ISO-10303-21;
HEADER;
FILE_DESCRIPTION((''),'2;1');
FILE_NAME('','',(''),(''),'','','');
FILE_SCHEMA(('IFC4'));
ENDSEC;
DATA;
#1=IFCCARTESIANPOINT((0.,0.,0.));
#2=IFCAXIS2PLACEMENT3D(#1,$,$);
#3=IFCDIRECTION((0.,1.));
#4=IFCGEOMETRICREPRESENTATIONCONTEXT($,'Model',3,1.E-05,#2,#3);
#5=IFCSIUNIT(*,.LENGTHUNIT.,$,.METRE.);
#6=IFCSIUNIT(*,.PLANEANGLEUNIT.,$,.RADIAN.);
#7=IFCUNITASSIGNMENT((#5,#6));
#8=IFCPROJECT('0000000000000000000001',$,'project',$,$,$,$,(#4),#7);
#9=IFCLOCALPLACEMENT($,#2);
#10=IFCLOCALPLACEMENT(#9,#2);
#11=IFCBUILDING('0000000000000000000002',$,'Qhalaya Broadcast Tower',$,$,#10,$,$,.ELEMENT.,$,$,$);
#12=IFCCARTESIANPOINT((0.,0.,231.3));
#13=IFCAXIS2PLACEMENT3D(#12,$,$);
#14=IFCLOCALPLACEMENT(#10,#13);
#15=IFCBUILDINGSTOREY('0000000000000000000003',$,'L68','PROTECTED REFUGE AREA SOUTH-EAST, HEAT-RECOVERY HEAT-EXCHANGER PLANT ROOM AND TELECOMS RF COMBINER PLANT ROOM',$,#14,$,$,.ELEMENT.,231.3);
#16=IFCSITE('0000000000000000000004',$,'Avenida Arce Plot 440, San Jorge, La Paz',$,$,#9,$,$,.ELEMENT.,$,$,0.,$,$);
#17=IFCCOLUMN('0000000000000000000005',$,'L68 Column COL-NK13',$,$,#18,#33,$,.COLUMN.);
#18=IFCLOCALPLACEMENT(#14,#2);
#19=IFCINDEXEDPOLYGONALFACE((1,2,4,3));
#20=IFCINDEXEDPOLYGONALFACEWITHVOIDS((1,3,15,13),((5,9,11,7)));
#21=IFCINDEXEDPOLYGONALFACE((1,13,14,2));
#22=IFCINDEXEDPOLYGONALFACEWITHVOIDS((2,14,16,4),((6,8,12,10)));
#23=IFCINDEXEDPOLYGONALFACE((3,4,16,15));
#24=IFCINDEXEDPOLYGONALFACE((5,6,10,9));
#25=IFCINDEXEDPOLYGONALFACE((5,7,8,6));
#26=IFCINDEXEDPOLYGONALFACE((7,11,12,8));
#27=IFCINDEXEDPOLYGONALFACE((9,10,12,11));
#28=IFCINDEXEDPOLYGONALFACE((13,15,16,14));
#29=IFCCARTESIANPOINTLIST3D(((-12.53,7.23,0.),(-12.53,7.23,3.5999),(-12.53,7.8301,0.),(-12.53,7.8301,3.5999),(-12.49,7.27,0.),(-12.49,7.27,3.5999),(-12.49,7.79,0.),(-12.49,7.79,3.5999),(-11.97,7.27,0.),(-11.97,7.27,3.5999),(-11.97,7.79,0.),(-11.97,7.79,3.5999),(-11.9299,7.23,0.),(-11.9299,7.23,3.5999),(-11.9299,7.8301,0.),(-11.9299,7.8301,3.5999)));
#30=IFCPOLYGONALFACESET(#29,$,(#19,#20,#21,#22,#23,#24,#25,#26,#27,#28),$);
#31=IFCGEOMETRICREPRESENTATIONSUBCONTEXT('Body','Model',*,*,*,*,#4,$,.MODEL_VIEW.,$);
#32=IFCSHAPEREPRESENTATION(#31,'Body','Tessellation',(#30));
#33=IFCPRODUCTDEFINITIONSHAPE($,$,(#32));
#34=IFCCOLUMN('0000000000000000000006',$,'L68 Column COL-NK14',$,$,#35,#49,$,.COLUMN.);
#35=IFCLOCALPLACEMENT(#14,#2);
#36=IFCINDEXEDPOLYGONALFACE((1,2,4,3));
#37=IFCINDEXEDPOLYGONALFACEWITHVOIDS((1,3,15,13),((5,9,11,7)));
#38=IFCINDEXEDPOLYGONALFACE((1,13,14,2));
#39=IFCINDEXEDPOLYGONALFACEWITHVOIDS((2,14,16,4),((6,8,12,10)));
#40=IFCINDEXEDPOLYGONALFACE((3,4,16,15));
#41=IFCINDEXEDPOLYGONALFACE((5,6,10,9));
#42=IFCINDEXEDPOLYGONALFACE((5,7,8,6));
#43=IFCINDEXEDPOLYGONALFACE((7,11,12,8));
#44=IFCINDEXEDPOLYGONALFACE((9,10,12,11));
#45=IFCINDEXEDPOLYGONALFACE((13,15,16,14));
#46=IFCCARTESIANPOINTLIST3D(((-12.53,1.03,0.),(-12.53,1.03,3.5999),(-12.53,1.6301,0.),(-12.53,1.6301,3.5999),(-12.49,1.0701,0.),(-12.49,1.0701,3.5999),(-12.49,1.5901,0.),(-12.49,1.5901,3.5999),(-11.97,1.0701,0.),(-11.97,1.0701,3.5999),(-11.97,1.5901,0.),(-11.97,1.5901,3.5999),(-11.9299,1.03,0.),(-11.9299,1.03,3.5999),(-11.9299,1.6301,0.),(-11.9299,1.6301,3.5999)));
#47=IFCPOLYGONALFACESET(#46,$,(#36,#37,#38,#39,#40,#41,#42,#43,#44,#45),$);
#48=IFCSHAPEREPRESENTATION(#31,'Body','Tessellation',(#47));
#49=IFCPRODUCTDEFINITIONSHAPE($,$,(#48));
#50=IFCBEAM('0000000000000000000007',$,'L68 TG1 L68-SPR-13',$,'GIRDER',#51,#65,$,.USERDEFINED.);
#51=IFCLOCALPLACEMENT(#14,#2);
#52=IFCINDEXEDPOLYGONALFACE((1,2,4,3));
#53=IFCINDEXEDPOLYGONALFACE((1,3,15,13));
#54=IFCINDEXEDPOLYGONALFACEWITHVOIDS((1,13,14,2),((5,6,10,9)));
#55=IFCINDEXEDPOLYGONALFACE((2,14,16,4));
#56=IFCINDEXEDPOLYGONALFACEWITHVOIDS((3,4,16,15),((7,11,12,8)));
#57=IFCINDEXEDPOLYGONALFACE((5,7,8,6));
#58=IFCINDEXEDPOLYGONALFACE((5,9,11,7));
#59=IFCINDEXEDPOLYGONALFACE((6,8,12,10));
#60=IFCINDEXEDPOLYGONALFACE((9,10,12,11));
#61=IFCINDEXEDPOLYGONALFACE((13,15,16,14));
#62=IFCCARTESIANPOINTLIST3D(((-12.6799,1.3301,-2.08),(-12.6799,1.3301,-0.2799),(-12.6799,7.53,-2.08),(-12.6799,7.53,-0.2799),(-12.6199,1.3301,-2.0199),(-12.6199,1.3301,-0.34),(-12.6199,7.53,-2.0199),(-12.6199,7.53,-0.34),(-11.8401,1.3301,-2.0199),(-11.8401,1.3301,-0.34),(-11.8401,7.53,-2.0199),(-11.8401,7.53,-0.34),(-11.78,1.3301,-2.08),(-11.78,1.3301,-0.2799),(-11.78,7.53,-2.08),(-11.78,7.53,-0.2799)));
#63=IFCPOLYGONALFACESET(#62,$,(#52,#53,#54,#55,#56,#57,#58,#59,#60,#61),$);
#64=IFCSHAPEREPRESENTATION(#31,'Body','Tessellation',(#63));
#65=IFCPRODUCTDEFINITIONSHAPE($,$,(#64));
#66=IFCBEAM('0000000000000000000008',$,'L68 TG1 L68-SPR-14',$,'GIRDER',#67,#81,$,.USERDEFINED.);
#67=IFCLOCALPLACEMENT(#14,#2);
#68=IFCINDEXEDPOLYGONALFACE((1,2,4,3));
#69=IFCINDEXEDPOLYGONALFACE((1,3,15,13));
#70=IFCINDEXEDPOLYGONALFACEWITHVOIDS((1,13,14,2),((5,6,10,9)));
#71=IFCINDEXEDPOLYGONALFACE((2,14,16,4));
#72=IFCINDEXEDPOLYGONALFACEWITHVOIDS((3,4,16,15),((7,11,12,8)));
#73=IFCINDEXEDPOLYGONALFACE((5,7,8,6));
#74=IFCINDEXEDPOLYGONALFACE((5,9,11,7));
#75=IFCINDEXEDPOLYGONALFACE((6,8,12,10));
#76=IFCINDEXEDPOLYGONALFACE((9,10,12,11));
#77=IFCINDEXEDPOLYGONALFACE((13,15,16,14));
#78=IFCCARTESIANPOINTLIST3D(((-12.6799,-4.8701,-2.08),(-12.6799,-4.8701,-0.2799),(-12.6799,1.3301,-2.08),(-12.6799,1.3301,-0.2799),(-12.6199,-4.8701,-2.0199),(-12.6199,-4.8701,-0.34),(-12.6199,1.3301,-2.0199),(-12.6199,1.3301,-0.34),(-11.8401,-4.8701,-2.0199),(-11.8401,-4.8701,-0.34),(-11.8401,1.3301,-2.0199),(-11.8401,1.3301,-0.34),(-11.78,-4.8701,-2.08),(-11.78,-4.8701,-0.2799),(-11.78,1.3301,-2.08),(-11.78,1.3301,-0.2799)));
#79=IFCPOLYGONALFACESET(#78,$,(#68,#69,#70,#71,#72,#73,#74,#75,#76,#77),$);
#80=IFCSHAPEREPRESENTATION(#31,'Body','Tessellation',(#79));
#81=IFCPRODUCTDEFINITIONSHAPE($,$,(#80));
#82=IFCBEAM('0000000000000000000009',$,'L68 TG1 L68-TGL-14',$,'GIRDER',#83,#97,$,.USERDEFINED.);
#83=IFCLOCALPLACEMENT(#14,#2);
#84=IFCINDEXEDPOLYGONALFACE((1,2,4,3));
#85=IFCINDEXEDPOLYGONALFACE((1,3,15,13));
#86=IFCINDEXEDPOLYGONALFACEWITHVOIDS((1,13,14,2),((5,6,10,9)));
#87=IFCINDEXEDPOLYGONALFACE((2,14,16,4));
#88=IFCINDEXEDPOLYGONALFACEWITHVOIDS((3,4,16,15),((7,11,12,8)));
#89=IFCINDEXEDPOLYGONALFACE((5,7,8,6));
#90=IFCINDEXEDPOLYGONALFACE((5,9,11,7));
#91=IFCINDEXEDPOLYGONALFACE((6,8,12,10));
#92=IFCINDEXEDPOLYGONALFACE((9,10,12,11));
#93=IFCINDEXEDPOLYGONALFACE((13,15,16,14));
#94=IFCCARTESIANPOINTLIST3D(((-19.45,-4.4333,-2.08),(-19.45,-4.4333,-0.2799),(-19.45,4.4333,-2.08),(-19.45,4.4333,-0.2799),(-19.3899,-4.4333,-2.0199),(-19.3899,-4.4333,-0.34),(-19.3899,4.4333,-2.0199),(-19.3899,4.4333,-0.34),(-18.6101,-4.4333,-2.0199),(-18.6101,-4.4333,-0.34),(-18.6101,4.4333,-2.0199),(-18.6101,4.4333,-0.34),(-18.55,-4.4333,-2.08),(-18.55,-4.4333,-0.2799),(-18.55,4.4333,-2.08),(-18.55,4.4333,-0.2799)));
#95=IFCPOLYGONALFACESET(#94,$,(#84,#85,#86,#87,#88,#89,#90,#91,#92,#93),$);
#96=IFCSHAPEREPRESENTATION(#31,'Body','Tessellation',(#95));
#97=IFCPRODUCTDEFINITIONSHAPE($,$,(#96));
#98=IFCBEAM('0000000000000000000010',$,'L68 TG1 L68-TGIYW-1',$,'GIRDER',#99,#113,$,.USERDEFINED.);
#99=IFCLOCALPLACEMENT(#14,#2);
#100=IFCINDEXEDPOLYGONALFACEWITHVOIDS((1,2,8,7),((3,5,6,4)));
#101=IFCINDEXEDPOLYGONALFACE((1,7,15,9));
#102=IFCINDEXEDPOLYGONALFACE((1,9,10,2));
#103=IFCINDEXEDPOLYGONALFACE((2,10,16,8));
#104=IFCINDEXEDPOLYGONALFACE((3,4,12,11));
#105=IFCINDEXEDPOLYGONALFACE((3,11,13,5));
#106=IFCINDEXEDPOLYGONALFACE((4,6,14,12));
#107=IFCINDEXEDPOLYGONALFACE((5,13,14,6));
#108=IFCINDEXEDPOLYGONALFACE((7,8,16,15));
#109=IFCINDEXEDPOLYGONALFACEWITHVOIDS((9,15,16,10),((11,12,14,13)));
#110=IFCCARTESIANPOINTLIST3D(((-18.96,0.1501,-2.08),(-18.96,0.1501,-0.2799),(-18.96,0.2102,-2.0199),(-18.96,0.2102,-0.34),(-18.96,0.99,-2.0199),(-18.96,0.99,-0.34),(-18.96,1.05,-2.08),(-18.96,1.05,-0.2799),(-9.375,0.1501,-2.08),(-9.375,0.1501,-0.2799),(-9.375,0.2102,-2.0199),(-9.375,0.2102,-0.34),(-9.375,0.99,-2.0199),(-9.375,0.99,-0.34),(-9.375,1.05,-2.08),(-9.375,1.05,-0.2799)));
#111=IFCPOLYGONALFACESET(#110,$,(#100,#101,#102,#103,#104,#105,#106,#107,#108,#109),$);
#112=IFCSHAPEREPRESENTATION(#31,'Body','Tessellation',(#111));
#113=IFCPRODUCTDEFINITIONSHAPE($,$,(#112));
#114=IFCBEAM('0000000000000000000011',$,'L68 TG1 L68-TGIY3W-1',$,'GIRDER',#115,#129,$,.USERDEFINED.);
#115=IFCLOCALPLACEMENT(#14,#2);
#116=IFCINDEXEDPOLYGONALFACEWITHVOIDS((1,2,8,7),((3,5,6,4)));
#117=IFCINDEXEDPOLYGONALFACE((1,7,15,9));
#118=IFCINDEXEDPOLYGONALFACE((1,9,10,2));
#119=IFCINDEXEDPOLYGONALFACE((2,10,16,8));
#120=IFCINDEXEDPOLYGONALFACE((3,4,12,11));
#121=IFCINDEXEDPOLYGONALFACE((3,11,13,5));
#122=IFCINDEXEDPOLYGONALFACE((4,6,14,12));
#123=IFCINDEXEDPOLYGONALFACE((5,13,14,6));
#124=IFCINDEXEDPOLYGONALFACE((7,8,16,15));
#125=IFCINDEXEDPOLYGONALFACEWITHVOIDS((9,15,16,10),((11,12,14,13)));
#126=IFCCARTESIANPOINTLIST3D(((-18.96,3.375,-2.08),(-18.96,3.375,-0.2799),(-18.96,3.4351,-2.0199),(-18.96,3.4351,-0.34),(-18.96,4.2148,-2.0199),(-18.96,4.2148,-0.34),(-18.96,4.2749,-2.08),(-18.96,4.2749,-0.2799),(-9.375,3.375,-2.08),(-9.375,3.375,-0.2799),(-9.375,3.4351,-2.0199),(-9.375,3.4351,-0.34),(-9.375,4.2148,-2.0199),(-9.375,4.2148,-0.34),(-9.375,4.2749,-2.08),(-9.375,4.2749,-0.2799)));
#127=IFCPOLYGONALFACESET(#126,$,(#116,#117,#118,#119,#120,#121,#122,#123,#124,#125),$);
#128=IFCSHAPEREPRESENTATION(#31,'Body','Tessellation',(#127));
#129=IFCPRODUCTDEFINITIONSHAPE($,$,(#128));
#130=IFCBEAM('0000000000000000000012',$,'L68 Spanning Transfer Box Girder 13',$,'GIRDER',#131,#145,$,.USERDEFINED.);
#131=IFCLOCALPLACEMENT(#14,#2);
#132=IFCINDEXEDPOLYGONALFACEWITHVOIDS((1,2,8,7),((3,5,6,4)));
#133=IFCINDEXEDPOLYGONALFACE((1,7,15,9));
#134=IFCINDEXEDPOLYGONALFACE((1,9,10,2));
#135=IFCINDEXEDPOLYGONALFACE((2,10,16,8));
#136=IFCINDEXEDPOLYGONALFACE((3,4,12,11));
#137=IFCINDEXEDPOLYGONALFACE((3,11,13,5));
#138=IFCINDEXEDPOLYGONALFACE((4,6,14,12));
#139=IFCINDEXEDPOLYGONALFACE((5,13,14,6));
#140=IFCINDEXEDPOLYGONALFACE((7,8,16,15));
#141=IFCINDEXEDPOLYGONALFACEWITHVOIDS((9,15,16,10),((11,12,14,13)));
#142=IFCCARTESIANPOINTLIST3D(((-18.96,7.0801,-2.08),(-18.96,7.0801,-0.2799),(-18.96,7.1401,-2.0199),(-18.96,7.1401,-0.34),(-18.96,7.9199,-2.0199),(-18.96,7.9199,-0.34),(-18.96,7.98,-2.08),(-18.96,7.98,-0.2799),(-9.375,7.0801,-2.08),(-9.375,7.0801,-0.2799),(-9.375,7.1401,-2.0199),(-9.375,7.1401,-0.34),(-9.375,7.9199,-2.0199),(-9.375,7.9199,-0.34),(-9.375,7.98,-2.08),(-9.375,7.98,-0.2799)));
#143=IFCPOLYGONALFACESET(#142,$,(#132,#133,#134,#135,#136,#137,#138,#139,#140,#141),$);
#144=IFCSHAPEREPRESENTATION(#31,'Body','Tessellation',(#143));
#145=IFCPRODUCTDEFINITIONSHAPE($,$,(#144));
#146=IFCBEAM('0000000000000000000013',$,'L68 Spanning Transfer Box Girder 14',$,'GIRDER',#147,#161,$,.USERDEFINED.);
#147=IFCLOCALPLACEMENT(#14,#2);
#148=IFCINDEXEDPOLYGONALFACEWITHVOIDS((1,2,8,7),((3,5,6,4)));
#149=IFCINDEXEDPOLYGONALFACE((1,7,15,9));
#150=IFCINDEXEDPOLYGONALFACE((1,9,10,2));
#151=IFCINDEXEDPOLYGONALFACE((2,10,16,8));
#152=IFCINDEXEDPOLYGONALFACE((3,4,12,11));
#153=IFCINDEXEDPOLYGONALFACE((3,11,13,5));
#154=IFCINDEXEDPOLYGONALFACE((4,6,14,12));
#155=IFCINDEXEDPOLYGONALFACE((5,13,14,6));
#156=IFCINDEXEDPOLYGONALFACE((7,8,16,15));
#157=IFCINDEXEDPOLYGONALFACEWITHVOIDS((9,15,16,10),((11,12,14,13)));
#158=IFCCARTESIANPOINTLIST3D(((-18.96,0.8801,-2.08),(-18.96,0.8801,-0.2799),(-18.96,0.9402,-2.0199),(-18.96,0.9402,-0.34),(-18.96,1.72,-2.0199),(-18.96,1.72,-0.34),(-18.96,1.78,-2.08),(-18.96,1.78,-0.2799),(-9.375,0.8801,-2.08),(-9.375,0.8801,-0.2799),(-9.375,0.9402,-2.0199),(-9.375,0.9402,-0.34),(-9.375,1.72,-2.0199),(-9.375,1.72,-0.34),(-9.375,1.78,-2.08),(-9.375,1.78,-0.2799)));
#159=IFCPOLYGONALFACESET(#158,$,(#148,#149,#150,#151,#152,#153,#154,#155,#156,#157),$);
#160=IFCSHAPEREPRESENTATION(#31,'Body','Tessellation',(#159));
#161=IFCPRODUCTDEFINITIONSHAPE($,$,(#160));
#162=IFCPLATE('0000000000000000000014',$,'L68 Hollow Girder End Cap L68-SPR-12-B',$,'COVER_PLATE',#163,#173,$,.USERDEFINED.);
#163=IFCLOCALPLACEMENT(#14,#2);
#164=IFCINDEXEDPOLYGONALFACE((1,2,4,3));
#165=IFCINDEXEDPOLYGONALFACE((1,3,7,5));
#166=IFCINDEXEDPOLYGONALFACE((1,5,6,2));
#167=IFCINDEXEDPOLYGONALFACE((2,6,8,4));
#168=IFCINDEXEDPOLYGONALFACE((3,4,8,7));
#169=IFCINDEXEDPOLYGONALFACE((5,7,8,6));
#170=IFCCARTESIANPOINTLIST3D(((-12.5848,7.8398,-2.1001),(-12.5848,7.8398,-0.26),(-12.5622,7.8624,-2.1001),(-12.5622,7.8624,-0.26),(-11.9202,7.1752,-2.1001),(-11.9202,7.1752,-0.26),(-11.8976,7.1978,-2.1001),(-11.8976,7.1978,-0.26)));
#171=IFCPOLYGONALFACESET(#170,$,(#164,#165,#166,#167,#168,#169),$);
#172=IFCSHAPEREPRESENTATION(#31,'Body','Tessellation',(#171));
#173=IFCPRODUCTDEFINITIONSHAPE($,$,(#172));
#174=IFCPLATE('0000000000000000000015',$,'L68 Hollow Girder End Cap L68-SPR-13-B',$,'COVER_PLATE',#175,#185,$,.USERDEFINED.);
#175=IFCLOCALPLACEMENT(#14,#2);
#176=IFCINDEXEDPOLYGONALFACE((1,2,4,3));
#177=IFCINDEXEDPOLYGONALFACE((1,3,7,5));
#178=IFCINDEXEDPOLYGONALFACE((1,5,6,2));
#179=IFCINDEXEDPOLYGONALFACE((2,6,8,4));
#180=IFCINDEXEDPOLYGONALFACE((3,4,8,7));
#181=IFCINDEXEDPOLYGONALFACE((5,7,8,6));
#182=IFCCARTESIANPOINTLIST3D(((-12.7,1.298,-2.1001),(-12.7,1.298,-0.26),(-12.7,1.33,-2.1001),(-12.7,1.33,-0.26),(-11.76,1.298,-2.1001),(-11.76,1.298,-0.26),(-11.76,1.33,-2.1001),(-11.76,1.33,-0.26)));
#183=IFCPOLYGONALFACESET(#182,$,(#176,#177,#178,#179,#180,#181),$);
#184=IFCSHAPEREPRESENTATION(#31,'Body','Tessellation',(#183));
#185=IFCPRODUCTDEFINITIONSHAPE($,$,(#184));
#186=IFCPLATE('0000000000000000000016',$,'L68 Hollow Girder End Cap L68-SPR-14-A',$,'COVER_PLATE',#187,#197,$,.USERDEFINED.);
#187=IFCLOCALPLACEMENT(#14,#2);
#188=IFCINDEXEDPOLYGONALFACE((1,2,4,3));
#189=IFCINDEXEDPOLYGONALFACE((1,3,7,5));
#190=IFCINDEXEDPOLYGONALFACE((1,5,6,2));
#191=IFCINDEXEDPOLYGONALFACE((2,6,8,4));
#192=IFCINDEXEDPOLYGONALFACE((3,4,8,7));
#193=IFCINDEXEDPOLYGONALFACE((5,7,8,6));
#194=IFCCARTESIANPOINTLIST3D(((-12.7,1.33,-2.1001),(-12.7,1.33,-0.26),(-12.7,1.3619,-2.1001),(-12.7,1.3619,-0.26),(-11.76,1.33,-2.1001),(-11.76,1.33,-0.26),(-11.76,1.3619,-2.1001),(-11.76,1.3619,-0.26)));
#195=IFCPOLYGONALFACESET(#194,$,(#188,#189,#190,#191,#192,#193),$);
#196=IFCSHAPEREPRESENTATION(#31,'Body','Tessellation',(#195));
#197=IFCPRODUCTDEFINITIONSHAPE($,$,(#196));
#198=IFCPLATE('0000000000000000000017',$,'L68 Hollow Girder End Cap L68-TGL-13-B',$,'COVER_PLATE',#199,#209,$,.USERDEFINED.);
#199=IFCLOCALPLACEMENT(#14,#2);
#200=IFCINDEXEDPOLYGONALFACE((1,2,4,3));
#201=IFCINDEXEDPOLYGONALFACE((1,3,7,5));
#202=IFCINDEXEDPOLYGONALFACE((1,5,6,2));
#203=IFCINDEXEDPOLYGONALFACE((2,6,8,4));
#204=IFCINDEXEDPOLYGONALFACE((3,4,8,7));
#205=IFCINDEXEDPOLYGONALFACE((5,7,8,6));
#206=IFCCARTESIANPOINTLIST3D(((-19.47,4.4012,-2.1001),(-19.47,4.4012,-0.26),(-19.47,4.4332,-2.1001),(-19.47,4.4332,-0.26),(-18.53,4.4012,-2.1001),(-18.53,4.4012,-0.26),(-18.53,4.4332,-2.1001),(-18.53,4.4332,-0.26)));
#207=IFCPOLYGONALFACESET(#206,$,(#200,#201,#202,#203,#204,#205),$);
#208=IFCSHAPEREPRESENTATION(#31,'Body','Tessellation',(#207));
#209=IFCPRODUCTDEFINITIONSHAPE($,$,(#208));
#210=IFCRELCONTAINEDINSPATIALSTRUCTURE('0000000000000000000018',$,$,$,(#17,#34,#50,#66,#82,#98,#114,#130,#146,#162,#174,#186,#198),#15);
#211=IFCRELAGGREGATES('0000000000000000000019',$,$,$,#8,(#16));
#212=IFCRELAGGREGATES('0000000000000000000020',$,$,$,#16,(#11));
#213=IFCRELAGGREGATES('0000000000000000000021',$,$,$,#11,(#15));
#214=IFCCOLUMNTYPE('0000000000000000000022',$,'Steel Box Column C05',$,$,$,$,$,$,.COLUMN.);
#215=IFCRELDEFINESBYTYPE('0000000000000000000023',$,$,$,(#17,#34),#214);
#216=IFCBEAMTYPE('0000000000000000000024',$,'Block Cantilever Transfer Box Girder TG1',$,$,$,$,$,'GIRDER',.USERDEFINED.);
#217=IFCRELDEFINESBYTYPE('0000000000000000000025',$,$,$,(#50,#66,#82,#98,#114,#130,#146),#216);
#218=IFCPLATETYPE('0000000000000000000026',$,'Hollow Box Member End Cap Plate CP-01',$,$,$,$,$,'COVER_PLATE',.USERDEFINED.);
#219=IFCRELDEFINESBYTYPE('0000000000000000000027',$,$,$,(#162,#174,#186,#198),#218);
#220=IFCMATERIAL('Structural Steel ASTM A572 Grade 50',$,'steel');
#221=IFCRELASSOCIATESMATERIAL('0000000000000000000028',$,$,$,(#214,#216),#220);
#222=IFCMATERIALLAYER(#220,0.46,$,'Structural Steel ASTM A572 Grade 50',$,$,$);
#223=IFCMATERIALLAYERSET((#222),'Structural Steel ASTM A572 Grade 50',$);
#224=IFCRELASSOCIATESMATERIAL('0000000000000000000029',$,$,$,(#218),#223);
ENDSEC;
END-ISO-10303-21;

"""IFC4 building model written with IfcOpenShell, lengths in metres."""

from ifc_helpers import new_model, si_unit, direction, frame, origin, origin_2d, place, context, subcontext, project, spatial, rectangle, hollow_rectangle, extrude, material, layer, layer_set, material_profile, profile_set, type_object, element, save


model = new_model("IFC4")

# Units and contexts
model_context = context("Model", 3, precision=1e-05, world=origin(), true_north=direction((0.0, 1.0)))
body_context = subcontext(model_context, "Body", "Model", "MODEL_VIEW")
ifc_project = project(units=[si_unit("LENGTHUNIT", "METRE"), si_unit("PLANEANGLEUNIT", "RADIAN")], contexts=[model_context])

# Site, building, storey
site_placement = place(None, origin())
site = spatial("IfcSite", under=ifc_project, at=site_placement, Name="Avenida Arce Plot 440, San Jorge, La Paz", CompositionType="ELEMENT", RefElevation=0.0)
building_placement = place(site_placement, origin())
building = spatial("IfcBuilding", under=site, at=building_placement, Name="Qhalaya Broadcast Tower", CompositionType="ELEMENT")
storey_placement = place(building_placement, frame((0.0, 0.0, 231.3)))
storey = spatial("IfcBuildingStorey", under=building, at=storey_placement, Name="L68", Description="PROTECTED REFUGE AREA SOUTH-EAST, HEAT-RECOVERY HEAT-EXCHANGER PLANT ROOM AND TELECOMS RF COMBINER PLANT ROOM", CompositionType="ELEMENT", Elevation=231.3)

# Columns
ifc_material_1 = material(Name="Structural Steel ASTM A572 Grade 50", Category="steel")
ifc_material_profile_1 = material_profile(ifc_material_1, hollow_rectangle(XDim=0.6001, YDim=0.6001, WallThickness=0.04, at=origin_2d()), Name="BOX 600x600x40")
ifc_profile_set_1 = profile_set([ifc_material_profile_1], Name="Structural Steel ASTM A572 Grade 50")
column_type = type_object("IfcColumnType", Name="Steel Box Column C05", PredefinedType="COLUMN", material=ifc_profile_set_1)
for number, where, z_axis, x_axis, name in (
    (1, (-12.23, 7.53, 0.0), (0.0, 0.0, 1.0), (0.0, 1.0, 0.0), "L68 Column COL-NK13"),
    (2, (-12.23, 1.3301, 0.0), (0.0, 0.0, 1.0), (0.0, 1.0, 0.0), "L68 Column COL-NK14"),
):
    element("IfcColumn", number, at=place(storey_placement, frame(where, z_axis=z_axis, x_axis=x_axis)), inside=storey, type_object=column_type, Name=name, PredefinedType="COLUMN", context=body_context, shape_type="SweptSolid", body=[
        extrude(hollow_rectangle(XDim=0.6001, YDim=0.6001, WallThickness=0.04, at=origin_2d()), origin(), (0.0, 0.0, 1.0), 3.5999),
    ])

# Beams
ifc_material_profile_2 = material_profile(ifc_material_1, hollow_rectangle(XDim=0.8999, YDim=1.8, WallThickness=0.0601, at=origin_2d()), Name="BOX 900x1800x60")
ifc_profile_set_2 = profile_set([ifc_material_profile_2], Name="Structural Steel ASTM A572 Grade 50")
beam_type = type_object("IfcBeamType", Name="Block Cantilever Transfer Box Girder TG1", ElementType="GIRDER", PredefinedType="USERDEFINED", material=ifc_profile_set_2)
beam_1_placement = place(storey_placement, frame((-12.23, 7.53, -1.1799), z_axis=(0.0, -1.0, 0.0), x_axis=(1.0, 0.0, 0.0)))
element("IfcBeam", 3, at=beam_1_placement, inside=storey, type_object=beam_type, Name="L68 TG1 L68-SPR-13", ObjectType="GIRDER", PredefinedType="USERDEFINED", context=body_context, shape_type="SweptSolid", body=[
    extrude(hollow_rectangle(XDim=0.8999, YDim=1.8, WallThickness=0.0601, at=origin_2d()), origin(), (0.0, 0.0, 1.0), 6.2),
])
beam_2_placement = place(storey_placement, frame((-12.23, 1.3301, -1.1799), z_axis=(0.0, -1.0, 0.0), x_axis=(1.0, 0.0, 0.0)))
element("IfcBeam", 4, at=beam_2_placement, inside=storey, type_object=beam_type, Name="L68 TG1 L68-SPR-14", ObjectType="GIRDER", PredefinedType="USERDEFINED", context=body_context, shape_type="SweptSolid", body=[
    extrude(hollow_rectangle(XDim=0.8999, YDim=1.8, WallThickness=0.0601, at=origin_2d()), origin(), (0.0, 0.0, 1.0), 6.2002),
])
beam_3_placement = place(storey_placement, frame((-19.0, 4.4333, -1.1799), z_axis=(0.0, -1.0, 0.0), x_axis=(1.0, 0.0, 0.0)))
element("IfcBeam", 5, at=beam_3_placement, inside=storey, type_object=beam_type, Name="L68 TG1 L68-TGL-14", ObjectType="GIRDER", PredefinedType="USERDEFINED", context=body_context, shape_type="SweptSolid", body=[
    extrude(hollow_rectangle(XDim=0.8999, YDim=1.8, WallThickness=0.0601, at=origin_2d()), origin(), (0.0, 0.0, 1.0), 8.8667),
])
for number, where, z_axis, x_axis, name in (
    (6, (-18.96, 0.6001, -1.1799), (1.0, 0.0, 0.0), (0.0, 1.0, 0.0), "L68 TG1 L68-TGIYW-1"),
    (7, (-18.96, 3.825, -1.1799), (1.0, 0.0, 0.0), (0.0, 1.0, 0.0), "L68 TG1 L68-TGIY3W-1"),
    (8, (-18.96, 7.53, -1.1799), (1.0, 0.0, 0.0), (0.0, 1.0, 0.0), "L68 Spanning Transfer Box Girder 13"),
    (9, (-18.96, 1.3301, -1.1799), (1.0, 0.0, 0.0), (0.0, 1.0, 0.0), "L68 Spanning Transfer Box Girder 14"),
):
    element("IfcBeam", number, at=place(storey_placement, frame(where, z_axis=z_axis, x_axis=x_axis)), inside=storey, type_object=beam_type, Name=name, ObjectType="GIRDER", PredefinedType="USERDEFINED", context=body_context, shape_type="SweptSolid", body=[
        extrude(hollow_rectangle(XDim=0.8999, YDim=1.8, WallThickness=0.0601, at=origin_2d()), origin(), (0.0, 0.0, 1.0), 9.585),
    ])

# Plates
ifc_layer_1 = layer(ifc_material_1, 0.46, Name="Structural Steel ASTM A572 Grade 50")
ifc_layer_set_1 = layer_set([ifc_layer_1], Name="Structural Steel ASTM A572 Grade 50")
plate_type_1 = type_object("IfcPlateType", Name="Hollow Box Member End Cap Plate CP-01", ElementType="COVER_PLATE", PredefinedType="USERDEFINED", material=ifc_layer_set_1)
for number, where, z_axis, x_axis, name in (
    (10, (-12.2412, 7.5188, -2.1001), (0.0, 0.0, 1.0), (0.707107, -0.707107, 0.0), "L68 Hollow Girder End Cap L68-SPR-12-B"),
    (11, (-12.23, 1.314, -2.1001), (0.0, 0.0, 1.0), (1.0, 0.0, 0.0), "L68 Hollow Girder End Cap L68-SPR-13-B"),
    (12, (-12.23, 1.3459, -2.1001), (0.0, 0.0, 1.0), (1.0, 0.0, 0.0), "L68 Hollow Girder End Cap L68-SPR-14-A"),
    (13, (-19.0, 4.4172, -2.1001), (0.0, 0.0, 1.0), (1.0, 0.0, 0.0), "L68 Hollow Girder End Cap L68-TGL-13-B"),
):
    element("IfcPlate", number, at=place(storey_placement, frame(where, z_axis=z_axis, x_axis=x_axis)), inside=storey, type_object=plate_type_1, Name=name, ObjectType="COVER_PLATE", PredefinedType="USERDEFINED", context=body_context, shape_type="SweptSolid", body=[
        extrude(rectangle(XDim=0.9399, YDim=0.032, at=origin_2d()), origin(), (0.0, 0.0, 1.0), 1.8401),
    ])

save(model, "model.ifc")
